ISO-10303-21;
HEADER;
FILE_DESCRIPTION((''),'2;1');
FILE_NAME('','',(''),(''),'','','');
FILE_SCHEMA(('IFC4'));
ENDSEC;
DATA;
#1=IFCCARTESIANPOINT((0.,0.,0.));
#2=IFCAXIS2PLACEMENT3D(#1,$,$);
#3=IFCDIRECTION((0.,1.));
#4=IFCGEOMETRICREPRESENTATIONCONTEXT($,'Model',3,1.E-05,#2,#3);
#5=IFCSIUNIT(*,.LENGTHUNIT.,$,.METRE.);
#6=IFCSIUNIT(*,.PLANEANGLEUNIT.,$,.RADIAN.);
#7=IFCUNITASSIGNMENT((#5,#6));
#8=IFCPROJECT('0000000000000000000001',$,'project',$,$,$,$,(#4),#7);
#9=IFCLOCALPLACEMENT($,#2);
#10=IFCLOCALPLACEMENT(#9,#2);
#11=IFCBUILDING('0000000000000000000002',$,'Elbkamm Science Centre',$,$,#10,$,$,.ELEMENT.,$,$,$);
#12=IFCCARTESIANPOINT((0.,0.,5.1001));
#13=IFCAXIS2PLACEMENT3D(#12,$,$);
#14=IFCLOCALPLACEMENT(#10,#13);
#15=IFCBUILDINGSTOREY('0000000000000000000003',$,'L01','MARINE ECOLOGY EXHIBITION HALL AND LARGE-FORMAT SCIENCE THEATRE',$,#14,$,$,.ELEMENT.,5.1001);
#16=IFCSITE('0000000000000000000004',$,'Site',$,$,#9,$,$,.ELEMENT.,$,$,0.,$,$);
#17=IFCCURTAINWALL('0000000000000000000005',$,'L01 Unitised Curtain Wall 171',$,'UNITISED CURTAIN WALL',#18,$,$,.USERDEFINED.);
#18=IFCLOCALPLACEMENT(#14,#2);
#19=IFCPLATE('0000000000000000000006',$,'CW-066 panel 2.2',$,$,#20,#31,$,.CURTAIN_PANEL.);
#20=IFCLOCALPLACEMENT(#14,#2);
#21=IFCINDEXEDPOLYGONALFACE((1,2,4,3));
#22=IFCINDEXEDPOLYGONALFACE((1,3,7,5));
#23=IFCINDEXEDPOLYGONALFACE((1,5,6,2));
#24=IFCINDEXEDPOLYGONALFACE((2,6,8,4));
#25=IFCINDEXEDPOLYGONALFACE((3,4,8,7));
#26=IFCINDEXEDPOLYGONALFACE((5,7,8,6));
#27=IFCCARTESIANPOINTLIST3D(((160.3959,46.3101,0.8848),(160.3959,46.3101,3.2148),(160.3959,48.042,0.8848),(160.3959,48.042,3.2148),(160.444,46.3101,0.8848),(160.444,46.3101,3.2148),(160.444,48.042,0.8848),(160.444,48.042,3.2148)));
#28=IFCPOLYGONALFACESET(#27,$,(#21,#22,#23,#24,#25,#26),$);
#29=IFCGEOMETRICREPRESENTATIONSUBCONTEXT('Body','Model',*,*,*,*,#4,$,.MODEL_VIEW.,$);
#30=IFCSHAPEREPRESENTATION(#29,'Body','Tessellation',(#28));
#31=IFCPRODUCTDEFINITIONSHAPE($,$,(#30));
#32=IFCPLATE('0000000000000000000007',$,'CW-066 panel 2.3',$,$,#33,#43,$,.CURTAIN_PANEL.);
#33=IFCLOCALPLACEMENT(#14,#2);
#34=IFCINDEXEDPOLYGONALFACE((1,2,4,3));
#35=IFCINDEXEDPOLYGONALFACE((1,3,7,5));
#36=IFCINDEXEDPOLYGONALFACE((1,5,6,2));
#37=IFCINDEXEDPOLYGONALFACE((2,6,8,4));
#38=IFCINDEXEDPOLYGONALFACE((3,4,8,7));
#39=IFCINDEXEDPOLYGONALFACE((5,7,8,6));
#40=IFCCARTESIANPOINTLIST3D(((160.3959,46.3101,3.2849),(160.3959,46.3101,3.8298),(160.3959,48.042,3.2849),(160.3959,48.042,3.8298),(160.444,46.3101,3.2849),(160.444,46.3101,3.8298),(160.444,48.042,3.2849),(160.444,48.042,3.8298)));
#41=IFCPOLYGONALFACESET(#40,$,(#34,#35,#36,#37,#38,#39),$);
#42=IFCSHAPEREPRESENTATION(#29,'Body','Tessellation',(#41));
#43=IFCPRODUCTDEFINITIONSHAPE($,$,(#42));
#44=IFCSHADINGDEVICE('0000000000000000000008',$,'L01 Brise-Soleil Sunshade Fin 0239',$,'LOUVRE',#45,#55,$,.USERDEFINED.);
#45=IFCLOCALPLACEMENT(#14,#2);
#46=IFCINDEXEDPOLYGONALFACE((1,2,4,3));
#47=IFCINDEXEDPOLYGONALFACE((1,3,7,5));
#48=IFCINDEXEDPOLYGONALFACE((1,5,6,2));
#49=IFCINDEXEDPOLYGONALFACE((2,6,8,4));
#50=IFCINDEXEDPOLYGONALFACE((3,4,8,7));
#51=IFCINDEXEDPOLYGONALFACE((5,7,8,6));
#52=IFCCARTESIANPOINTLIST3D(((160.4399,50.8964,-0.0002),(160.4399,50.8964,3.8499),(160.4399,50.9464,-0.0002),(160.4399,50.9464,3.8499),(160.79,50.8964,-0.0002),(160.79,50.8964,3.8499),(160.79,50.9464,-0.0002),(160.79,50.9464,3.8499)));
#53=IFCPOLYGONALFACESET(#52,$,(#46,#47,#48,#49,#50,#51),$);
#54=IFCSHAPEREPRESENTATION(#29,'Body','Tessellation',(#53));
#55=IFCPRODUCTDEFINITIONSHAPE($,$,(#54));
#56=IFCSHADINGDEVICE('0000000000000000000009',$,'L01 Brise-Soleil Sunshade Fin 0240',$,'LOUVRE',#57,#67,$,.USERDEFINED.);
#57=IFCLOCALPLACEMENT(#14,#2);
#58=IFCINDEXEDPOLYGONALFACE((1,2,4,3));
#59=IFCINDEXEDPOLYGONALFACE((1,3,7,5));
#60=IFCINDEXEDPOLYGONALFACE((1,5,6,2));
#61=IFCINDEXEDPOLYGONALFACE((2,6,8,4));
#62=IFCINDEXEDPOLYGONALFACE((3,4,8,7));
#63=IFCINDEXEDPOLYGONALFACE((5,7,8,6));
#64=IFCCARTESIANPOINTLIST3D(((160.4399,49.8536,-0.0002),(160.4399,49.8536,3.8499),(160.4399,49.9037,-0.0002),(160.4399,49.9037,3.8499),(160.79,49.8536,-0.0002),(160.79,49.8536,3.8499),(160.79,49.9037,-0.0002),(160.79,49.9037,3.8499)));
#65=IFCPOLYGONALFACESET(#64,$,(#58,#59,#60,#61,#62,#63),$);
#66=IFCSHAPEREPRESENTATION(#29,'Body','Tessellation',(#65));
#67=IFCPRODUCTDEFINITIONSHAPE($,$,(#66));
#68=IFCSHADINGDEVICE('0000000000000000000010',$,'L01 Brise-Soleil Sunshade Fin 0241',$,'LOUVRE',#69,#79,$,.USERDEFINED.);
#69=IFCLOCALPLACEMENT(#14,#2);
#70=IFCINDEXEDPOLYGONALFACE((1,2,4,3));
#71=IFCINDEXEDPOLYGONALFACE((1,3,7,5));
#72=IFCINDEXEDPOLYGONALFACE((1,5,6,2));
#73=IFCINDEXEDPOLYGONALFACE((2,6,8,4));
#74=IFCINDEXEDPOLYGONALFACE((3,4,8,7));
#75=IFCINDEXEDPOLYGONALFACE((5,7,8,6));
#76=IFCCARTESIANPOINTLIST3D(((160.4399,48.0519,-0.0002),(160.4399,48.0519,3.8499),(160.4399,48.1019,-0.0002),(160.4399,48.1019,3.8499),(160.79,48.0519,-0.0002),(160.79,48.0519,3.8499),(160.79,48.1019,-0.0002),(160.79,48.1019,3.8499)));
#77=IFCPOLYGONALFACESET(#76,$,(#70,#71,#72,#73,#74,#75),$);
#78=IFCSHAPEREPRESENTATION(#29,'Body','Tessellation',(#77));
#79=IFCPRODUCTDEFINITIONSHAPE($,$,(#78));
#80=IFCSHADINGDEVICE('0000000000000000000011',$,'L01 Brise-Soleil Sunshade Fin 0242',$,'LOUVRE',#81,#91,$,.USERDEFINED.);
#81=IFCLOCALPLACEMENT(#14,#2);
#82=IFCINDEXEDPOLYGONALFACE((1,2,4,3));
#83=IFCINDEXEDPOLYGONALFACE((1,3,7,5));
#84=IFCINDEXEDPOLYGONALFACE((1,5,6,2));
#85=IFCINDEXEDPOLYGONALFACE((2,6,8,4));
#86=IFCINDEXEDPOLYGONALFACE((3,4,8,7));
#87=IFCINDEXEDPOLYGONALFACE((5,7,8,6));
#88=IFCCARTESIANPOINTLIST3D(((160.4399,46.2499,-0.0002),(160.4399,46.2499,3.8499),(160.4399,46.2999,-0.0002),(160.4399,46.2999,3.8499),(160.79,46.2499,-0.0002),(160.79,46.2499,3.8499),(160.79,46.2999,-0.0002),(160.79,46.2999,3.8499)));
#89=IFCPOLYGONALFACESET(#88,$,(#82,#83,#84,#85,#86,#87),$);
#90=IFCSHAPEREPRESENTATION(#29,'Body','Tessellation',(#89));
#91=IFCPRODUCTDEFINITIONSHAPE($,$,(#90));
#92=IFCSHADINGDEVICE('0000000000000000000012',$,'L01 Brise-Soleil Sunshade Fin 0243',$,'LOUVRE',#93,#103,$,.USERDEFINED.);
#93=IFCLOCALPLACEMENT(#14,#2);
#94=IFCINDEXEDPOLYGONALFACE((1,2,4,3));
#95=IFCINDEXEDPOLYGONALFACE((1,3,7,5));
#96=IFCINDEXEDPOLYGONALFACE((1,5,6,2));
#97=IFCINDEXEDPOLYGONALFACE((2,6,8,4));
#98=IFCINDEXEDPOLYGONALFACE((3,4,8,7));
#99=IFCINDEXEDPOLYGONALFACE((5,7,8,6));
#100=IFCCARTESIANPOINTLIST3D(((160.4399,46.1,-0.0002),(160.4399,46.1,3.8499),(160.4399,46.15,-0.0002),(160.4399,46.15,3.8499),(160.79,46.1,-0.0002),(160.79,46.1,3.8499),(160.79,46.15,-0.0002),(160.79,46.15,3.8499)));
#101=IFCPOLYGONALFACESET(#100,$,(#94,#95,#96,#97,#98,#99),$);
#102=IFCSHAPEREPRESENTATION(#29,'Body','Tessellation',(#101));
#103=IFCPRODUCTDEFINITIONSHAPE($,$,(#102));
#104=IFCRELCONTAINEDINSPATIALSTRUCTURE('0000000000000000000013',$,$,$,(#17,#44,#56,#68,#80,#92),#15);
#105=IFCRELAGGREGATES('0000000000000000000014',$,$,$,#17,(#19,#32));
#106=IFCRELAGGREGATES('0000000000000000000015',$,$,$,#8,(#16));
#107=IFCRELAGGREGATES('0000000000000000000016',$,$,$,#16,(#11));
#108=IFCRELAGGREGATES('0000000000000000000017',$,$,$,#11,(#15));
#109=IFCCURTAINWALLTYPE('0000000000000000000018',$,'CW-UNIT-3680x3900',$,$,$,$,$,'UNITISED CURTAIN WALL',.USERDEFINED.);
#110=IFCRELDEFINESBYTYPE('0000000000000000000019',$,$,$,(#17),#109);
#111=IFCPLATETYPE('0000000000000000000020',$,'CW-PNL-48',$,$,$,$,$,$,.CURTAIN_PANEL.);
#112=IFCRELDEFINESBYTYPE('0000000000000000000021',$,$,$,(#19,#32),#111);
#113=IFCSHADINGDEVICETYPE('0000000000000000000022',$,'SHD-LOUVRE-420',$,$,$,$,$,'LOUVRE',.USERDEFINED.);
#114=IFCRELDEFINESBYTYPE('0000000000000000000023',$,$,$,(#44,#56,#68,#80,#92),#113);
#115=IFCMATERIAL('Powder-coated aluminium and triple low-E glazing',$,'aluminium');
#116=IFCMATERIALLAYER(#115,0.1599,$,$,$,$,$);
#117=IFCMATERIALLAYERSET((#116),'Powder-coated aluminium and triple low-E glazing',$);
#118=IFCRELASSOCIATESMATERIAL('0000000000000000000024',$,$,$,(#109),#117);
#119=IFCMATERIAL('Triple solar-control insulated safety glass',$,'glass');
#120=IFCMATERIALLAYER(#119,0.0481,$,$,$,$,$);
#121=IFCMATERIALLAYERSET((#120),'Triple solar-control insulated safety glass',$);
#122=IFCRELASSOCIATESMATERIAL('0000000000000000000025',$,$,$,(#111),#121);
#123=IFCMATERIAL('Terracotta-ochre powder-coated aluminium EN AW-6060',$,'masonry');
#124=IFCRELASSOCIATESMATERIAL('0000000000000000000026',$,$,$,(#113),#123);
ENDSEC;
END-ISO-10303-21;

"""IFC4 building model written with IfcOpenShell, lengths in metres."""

from ifc_helpers import new_model, si_unit, direction, frame, origin, origin_2d, place, context, subcontext, project, spatial, rectangle, extrude, material, layer, layer_set, type_object, element, aggregate, save


model = new_model("IFC4")

# Units and contexts
model_context = context("Model", 3, precision=1e-05, world=origin(), true_north=direction((0.0, 1.0)))
body_context = subcontext(model_context, "Body", "Model", "MODEL_VIEW")
ifc_project = project(units=[si_unit("LENGTHUNIT", "METRE"), si_unit("PLANEANGLEUNIT", "RADIAN")], contexts=[model_context])

# Site, building, storey
site_placement = place(None, origin())
site = spatial("IfcSite", under=ifc_project, at=site_placement, Name="Site", CompositionType="ELEMENT", RefElevation=0.0)
building_placement = place(site_placement, origin())
building = spatial("IfcBuilding", under=site, at=building_placement, Name="Elbkamm Science Centre", CompositionType="ELEMENT")
storey_placement = place(building_placement, frame((0.0, 0.0, 5.1001)))
storey = spatial("IfcBuildingStorey", under=building, at=storey_placement, Name="L01", Description="MARINE ECOLOGY EXHIBITION HALL AND LARGE-FORMAT SCIENCE THEATRE", CompositionType="ELEMENT", Elevation=5.1001)

# Shared definitions
ifc_material_1 = material(Name="Powder-coated aluminium and triple low-E glazing", Category="aluminium")
ifc_layer_1 = layer(ifc_material_1, 0.1599)
ifc_layer_set_1 = layer_set([ifc_layer_1], Name="Powder-coated aluminium and triple low-E glazing")
curtain_wall_type = type_object("IfcCurtainWallType", Name="CW-UNIT-3680x3900", ElementType="UNITISED CURTAIN WALL", PredefinedType="USERDEFINED", material=ifc_layer_set_1)

# Curtain wall
curtain_wall_1_placement = place(storey_placement, origin())
curtain_wall_1 = element("IfcCurtainWall", 1, at=curtain_wall_1_placement, inside=storey, type_object=curtain_wall_type, Name="L01 Unitised Curtain Wall 171", ObjectType="UNITISED CURTAIN WALL", PredefinedType="USERDEFINED")

# Plates
ifc_material_2 = material(Name="Triple solar-control insulated safety glass", Category="glass")
ifc_layer_2 = layer(ifc_material_2, 0.0481)
ifc_layer_set_2 = layer_set([ifc_layer_2], Name="Triple solar-control insulated safety glass")
plate_type = type_object("IfcPlateType", Name="CW-PNL-48", PredefinedType="CURTAIN_PANEL", material=ifc_layer_set_2)
plate_1_placement = place(storey_placement, frame((160.4199, 47.176, 0.8848), z_axis=(0.0, 0.0, 1.0), x_axis=(0.0, -1.0, 0.0)))
plate_1 = element("IfcPlate", 2, at=plate_1_placement, type_object=plate_type, Name="CW-066 panel 2.2", PredefinedType="CURTAIN_PANEL", context=body_context, shape_type="SweptSolid", body=[
    extrude(rectangle(XDim=1.7319, YDim=0.0481, at=origin_2d()), origin(), (0.0, 0.0, 1.0), 2.3301),
])
plate_2_placement = place(storey_placement, frame((160.4199, 47.176, 3.2849), z_axis=(0.0, 0.0, 1.0), x_axis=(0.0, -1.0, 0.0)))
plate_2 = element("IfcPlate", 3, at=plate_2_placement, type_object=plate_type, Name="CW-066 panel 2.3", PredefinedType="CURTAIN_PANEL", context=body_context, shape_type="SweptSolid", body=[
    extrude(rectangle(XDim=1.7319, YDim=0.0481, at=origin_2d()), origin(), (0.0, 0.0, 1.0), 0.5449),
])
aggregate(curtain_wall_1, [plate_1, plate_2])

# Shading devices
ifc_material_3 = material(Name="Terracotta-ochre powder-coated aluminium EN AW-6060", Category="masonry")
shading_device_type = type_object("IfcShadingDeviceType", Name="SHD-LOUVRE-420", ElementType="LOUVRE", PredefinedType="USERDEFINED", material=ifc_material_3)
for number, where, z_axis, x_axis, name in (
    (4, (160.615, 50.9214, -0.0002), (0.0, 0.0, 1.0), (1.0, 0.0, 0.0), "L01 Brise-Soleil Sunshade Fin 0239"),
    (5, (160.615, 49.8787, -0.0002), (0.0, 0.0, 1.0), (1.0, 0.0, 0.0), "L01 Brise-Soleil Sunshade Fin 0240"),
    (6, (160.615, 48.0769, -0.0002), (0.0, 0.0, 1.0), (1.0, 0.0, 0.0), "L01 Brise-Soleil Sunshade Fin 0241"),
    (7, (160.615, 46.2749, -0.0002), (0.0, 0.0, 1.0), (1.0, 0.0, 0.0), "L01 Brise-Soleil Sunshade Fin 0242"),
    (8, (160.615, 46.125, -0.0002), (0.0, 0.0, 1.0), (1.0, 0.0, 0.0), "L01 Brise-Soleil Sunshade Fin 0243"),
):
    element("IfcShadingDevice", number, at=place(storey_placement, frame(where, z_axis=z_axis, x_axis=x_axis)), inside=storey, type_object=shading_device_type, Name=name, ObjectType="LOUVRE", PredefinedType="USERDEFINED", context=body_context, shape_type="SweptSolid", body=[
        extrude(rectangle(XDim=0.3501, YDim=0.05, at=origin_2d()), origin(), (0.0, 0.0, 1.0), 3.8501),
    ])

save(model, "model.ifc")
